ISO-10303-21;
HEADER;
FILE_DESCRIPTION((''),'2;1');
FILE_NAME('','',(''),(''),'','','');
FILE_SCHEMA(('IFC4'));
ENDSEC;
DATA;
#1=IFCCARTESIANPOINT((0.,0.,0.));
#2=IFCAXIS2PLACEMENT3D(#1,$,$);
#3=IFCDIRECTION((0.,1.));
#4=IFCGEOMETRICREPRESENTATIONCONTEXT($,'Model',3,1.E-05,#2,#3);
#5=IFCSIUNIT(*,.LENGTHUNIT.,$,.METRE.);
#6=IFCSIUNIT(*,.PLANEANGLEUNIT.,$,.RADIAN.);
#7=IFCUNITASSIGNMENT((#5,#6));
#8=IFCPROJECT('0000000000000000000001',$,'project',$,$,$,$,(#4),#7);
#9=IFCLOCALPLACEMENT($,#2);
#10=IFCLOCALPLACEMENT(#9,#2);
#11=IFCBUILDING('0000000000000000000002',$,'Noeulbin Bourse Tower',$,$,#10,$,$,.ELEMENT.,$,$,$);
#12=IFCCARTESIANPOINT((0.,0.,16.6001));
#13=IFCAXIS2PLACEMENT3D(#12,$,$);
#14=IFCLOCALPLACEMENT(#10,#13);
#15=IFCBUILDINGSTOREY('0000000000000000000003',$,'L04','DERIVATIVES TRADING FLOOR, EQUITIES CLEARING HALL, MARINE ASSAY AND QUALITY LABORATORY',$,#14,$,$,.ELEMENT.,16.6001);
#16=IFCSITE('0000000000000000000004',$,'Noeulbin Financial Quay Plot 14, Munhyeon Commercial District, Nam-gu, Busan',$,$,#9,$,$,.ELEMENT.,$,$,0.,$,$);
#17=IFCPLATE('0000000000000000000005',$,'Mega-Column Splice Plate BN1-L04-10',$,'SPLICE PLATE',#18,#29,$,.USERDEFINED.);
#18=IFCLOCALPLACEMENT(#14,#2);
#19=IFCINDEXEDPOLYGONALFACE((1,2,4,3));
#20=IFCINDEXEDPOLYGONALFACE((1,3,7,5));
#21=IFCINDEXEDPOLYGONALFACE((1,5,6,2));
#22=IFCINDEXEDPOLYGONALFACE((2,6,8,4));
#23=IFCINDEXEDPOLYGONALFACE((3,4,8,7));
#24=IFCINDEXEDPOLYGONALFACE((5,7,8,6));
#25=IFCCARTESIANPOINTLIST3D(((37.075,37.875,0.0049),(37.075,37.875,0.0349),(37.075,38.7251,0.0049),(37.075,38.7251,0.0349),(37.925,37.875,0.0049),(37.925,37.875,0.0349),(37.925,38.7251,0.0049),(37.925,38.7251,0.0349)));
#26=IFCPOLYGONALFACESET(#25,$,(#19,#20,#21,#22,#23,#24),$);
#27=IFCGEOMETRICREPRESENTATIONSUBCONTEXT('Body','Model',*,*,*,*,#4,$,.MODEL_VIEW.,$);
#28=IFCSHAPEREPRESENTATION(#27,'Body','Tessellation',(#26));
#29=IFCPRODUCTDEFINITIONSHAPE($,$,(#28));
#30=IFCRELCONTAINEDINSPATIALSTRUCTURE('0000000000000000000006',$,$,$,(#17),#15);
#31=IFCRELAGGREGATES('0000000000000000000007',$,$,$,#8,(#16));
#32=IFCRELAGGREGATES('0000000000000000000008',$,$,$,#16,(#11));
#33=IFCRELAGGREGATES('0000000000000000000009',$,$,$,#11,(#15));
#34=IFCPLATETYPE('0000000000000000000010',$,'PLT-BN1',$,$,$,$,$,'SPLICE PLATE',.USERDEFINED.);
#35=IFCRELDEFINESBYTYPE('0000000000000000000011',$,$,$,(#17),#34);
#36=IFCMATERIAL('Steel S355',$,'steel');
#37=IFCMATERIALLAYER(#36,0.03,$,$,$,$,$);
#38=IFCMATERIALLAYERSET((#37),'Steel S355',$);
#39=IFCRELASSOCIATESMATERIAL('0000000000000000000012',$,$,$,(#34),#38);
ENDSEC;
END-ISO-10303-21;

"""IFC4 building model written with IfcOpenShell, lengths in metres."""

from ifc_helpers import new_model, si_unit, direction, frame, origin, origin_2d, place, context, subcontext, project, spatial, rectangle, extrude, material, layer, layer_set, type_object, element, save


model = new_model("IFC4")

# Units and contexts
model_context = context("Model", 3, precision=1e-05, world=origin(), true_north=direction((0.0, 1.0)))
body_context = subcontext(model_context, "Body", "Model", "MODEL_VIEW")
ifc_project = project(units=[si_unit("LENGTHUNIT", "METRE"), si_unit("PLANEANGLEUNIT", "RADIAN")], contexts=[model_context])

# Site, building, storey
site_placement = place(None, origin())
site = spatial("IfcSite", under=ifc_project, at=site_placement, Name="Noeulbin Financial Quay Plot 14, Munhyeon Commercial District, Nam-gu, Busan", CompositionType="ELEMENT", RefElevation=0.0)
building_placement = place(site_placement, origin())
building = spatial("IfcBuilding", under=site, at=building_placement, Name="Noeulbin Bourse Tower", CompositionType="ELEMENT")
storey_placement = place(building_placement, frame((0.0, 0.0, 16.6001)))
storey = spatial("IfcBuildingStorey", under=building, at=storey_placement, Name="L04", Description="DERIVATIVES TRADING FLOOR, EQUITIES CLEARING HALL, MARINE ASSAY AND QUALITY LABORATORY", CompositionType="ELEMENT", Elevation=16.6001)

# Shared definitions
ifc_material_1 = material(Name="Steel S355", Category="steel")

# Plate
ifc_layer = layer(ifc_material_1, 0.03)
ifc_layer_set = layer_set([ifc_layer], Name="Steel S355")
plate_type = type_object("IfcPlateType", Name="PLT-BN1", ElementType="SPLICE PLATE", PredefinedType="USERDEFINED", material=ifc_layer_set)
plate_placement = place(storey_placement, frame((37.5, 38.3, 0.0049), z_axis=(0.0, 0.0, 1.0), x_axis=(1.0, 0.0, 0.0)))
element("IfcPlate", 1, at=plate_placement, inside=storey, type_object=plate_type, Name="Mega-Column Splice Plate BN1-L04-10", ObjectType="SPLICE PLATE", PredefinedType="USERDEFINED", context=body_context, shape_type="SweptSolid", body=[
    extrude(rectangle(XDim=0.8501, YDim=0.8501, at=origin_2d()), origin(), (0.0, 0.0, 1.0), 0.03),
])

save(model, "model.ifc")
